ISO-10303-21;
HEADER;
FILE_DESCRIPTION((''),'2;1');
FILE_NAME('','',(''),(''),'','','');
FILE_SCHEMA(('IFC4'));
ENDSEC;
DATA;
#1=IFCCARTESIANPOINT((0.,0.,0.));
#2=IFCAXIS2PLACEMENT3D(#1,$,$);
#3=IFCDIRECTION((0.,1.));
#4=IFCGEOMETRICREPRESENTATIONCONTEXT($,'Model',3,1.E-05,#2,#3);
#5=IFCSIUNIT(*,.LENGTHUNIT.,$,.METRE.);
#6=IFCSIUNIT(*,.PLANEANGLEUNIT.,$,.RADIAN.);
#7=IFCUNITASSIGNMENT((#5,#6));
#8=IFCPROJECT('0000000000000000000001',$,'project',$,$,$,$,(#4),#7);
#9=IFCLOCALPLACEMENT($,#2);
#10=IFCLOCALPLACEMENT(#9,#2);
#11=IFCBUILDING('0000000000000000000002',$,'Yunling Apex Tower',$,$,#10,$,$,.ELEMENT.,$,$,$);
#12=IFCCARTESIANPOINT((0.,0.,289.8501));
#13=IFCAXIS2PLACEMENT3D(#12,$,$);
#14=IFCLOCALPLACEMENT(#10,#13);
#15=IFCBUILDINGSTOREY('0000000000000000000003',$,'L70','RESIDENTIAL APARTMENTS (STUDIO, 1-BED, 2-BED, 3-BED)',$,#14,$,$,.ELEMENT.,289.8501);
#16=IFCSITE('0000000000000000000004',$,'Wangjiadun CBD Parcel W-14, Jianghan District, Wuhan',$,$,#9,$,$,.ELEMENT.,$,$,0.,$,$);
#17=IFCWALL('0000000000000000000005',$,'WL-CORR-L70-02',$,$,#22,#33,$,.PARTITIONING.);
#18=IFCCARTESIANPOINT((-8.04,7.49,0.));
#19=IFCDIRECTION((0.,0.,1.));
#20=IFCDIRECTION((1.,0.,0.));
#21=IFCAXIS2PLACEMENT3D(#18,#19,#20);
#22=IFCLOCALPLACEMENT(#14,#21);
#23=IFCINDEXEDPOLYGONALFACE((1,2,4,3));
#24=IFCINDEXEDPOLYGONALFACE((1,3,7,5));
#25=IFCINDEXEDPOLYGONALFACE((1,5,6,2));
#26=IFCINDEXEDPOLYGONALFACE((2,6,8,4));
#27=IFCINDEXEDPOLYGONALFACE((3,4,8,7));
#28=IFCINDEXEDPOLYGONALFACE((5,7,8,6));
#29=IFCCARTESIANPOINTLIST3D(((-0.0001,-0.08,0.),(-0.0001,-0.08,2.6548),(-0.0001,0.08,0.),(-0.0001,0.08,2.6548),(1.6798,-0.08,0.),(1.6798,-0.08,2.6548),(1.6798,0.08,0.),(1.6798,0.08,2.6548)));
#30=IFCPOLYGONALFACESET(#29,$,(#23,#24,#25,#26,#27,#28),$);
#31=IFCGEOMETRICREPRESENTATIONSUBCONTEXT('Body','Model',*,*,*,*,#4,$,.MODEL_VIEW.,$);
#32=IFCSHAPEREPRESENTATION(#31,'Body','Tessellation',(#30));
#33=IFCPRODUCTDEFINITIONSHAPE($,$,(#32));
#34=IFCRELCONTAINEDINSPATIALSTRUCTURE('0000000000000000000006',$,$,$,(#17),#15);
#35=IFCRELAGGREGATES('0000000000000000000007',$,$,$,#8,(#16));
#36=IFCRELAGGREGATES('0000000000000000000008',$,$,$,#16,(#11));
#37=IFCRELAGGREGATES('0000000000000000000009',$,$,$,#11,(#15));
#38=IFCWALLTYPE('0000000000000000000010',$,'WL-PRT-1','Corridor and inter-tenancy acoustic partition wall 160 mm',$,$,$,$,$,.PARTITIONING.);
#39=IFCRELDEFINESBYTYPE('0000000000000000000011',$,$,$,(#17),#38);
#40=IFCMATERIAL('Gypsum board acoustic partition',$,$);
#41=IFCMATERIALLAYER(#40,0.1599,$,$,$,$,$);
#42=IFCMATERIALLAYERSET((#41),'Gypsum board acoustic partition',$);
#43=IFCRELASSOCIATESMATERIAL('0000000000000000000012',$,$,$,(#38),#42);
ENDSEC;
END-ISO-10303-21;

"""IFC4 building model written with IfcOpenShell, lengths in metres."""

from ifc_helpers import new_model, si_unit, direction, frame, frame_2d, origin, place, context, subcontext, project, spatial, rectangle, extrude, material, layer, layer_set, type_object, element, save


model = new_model("IFC4")

# Units and contexts
model_context = context("Model", 3, precision=1e-05, world=origin(), true_north=direction((0.0, 1.0)))
body_context = subcontext(model_context, "Body", "Model", "MODEL_VIEW")
ifc_project = project(units=[si_unit("LENGTHUNIT", "METRE"), si_unit("PLANEANGLEUNIT", "RADIAN")], contexts=[model_context])

# Site, building, storey
site_placement = place(None, origin())
site = spatial("IfcSite", under=ifc_project, at=site_placement, Name="Wangjiadun CBD Parcel W-14, Jianghan District, Wuhan", CompositionType="ELEMENT", RefElevation=0.0)
building_placement = place(site_placement, origin())
building = spatial("IfcBuilding", under=site, at=building_placement, Name="Yunling Apex Tower", CompositionType="ELEMENT")
storey_placement = place(building_placement, frame((0.0, 0.0, 289.8501)))
storey = spatial("IfcBuildingStorey", under=building, at=storey_placement, Name="L70", Description="RESIDENTIAL APARTMENTS (STUDIO, 1-BED, 2-BED, 3-BED)", CompositionType="ELEMENT", Elevation=289.8501)

# Shared definitions
ifc_material_1 = material(Name="Gypsum board acoustic partition")
ifc_layer_1 = layer(ifc_material_1, 0.1599)
ifc_layer_set_1 = layer_set([ifc_layer_1], Name="Gypsum board acoustic partition")
wall_type = type_object("IfcWallType", Name="WL-PRT-1", Description="Corridor and inter-tenancy acoustic partition wall 160 mm", PredefinedType="PARTITIONING", material=ifc_layer_set_1)

# Wall
wall_1_placement = place(storey_placement, frame((-8.04, 7.49, 0.0), z_axis=(0.0, 0.0, 1.0), x_axis=(1.0, 0.0, 0.0)))
element("IfcWall", 1, at=wall_1_placement, inside=storey, type_object=wall_type, Name="WL-CORR-L70-02", PredefinedType="PARTITIONING", context=body_context, shape_type="SweptSolid", body=[
    extrude(rectangle(XDim=1.6799, YDim=0.1599, at=frame_2d((0.8398, 0.0))), origin(), (0.0, 0.0, 1.0), 2.6548),
])

save(model, "model.ifc")
